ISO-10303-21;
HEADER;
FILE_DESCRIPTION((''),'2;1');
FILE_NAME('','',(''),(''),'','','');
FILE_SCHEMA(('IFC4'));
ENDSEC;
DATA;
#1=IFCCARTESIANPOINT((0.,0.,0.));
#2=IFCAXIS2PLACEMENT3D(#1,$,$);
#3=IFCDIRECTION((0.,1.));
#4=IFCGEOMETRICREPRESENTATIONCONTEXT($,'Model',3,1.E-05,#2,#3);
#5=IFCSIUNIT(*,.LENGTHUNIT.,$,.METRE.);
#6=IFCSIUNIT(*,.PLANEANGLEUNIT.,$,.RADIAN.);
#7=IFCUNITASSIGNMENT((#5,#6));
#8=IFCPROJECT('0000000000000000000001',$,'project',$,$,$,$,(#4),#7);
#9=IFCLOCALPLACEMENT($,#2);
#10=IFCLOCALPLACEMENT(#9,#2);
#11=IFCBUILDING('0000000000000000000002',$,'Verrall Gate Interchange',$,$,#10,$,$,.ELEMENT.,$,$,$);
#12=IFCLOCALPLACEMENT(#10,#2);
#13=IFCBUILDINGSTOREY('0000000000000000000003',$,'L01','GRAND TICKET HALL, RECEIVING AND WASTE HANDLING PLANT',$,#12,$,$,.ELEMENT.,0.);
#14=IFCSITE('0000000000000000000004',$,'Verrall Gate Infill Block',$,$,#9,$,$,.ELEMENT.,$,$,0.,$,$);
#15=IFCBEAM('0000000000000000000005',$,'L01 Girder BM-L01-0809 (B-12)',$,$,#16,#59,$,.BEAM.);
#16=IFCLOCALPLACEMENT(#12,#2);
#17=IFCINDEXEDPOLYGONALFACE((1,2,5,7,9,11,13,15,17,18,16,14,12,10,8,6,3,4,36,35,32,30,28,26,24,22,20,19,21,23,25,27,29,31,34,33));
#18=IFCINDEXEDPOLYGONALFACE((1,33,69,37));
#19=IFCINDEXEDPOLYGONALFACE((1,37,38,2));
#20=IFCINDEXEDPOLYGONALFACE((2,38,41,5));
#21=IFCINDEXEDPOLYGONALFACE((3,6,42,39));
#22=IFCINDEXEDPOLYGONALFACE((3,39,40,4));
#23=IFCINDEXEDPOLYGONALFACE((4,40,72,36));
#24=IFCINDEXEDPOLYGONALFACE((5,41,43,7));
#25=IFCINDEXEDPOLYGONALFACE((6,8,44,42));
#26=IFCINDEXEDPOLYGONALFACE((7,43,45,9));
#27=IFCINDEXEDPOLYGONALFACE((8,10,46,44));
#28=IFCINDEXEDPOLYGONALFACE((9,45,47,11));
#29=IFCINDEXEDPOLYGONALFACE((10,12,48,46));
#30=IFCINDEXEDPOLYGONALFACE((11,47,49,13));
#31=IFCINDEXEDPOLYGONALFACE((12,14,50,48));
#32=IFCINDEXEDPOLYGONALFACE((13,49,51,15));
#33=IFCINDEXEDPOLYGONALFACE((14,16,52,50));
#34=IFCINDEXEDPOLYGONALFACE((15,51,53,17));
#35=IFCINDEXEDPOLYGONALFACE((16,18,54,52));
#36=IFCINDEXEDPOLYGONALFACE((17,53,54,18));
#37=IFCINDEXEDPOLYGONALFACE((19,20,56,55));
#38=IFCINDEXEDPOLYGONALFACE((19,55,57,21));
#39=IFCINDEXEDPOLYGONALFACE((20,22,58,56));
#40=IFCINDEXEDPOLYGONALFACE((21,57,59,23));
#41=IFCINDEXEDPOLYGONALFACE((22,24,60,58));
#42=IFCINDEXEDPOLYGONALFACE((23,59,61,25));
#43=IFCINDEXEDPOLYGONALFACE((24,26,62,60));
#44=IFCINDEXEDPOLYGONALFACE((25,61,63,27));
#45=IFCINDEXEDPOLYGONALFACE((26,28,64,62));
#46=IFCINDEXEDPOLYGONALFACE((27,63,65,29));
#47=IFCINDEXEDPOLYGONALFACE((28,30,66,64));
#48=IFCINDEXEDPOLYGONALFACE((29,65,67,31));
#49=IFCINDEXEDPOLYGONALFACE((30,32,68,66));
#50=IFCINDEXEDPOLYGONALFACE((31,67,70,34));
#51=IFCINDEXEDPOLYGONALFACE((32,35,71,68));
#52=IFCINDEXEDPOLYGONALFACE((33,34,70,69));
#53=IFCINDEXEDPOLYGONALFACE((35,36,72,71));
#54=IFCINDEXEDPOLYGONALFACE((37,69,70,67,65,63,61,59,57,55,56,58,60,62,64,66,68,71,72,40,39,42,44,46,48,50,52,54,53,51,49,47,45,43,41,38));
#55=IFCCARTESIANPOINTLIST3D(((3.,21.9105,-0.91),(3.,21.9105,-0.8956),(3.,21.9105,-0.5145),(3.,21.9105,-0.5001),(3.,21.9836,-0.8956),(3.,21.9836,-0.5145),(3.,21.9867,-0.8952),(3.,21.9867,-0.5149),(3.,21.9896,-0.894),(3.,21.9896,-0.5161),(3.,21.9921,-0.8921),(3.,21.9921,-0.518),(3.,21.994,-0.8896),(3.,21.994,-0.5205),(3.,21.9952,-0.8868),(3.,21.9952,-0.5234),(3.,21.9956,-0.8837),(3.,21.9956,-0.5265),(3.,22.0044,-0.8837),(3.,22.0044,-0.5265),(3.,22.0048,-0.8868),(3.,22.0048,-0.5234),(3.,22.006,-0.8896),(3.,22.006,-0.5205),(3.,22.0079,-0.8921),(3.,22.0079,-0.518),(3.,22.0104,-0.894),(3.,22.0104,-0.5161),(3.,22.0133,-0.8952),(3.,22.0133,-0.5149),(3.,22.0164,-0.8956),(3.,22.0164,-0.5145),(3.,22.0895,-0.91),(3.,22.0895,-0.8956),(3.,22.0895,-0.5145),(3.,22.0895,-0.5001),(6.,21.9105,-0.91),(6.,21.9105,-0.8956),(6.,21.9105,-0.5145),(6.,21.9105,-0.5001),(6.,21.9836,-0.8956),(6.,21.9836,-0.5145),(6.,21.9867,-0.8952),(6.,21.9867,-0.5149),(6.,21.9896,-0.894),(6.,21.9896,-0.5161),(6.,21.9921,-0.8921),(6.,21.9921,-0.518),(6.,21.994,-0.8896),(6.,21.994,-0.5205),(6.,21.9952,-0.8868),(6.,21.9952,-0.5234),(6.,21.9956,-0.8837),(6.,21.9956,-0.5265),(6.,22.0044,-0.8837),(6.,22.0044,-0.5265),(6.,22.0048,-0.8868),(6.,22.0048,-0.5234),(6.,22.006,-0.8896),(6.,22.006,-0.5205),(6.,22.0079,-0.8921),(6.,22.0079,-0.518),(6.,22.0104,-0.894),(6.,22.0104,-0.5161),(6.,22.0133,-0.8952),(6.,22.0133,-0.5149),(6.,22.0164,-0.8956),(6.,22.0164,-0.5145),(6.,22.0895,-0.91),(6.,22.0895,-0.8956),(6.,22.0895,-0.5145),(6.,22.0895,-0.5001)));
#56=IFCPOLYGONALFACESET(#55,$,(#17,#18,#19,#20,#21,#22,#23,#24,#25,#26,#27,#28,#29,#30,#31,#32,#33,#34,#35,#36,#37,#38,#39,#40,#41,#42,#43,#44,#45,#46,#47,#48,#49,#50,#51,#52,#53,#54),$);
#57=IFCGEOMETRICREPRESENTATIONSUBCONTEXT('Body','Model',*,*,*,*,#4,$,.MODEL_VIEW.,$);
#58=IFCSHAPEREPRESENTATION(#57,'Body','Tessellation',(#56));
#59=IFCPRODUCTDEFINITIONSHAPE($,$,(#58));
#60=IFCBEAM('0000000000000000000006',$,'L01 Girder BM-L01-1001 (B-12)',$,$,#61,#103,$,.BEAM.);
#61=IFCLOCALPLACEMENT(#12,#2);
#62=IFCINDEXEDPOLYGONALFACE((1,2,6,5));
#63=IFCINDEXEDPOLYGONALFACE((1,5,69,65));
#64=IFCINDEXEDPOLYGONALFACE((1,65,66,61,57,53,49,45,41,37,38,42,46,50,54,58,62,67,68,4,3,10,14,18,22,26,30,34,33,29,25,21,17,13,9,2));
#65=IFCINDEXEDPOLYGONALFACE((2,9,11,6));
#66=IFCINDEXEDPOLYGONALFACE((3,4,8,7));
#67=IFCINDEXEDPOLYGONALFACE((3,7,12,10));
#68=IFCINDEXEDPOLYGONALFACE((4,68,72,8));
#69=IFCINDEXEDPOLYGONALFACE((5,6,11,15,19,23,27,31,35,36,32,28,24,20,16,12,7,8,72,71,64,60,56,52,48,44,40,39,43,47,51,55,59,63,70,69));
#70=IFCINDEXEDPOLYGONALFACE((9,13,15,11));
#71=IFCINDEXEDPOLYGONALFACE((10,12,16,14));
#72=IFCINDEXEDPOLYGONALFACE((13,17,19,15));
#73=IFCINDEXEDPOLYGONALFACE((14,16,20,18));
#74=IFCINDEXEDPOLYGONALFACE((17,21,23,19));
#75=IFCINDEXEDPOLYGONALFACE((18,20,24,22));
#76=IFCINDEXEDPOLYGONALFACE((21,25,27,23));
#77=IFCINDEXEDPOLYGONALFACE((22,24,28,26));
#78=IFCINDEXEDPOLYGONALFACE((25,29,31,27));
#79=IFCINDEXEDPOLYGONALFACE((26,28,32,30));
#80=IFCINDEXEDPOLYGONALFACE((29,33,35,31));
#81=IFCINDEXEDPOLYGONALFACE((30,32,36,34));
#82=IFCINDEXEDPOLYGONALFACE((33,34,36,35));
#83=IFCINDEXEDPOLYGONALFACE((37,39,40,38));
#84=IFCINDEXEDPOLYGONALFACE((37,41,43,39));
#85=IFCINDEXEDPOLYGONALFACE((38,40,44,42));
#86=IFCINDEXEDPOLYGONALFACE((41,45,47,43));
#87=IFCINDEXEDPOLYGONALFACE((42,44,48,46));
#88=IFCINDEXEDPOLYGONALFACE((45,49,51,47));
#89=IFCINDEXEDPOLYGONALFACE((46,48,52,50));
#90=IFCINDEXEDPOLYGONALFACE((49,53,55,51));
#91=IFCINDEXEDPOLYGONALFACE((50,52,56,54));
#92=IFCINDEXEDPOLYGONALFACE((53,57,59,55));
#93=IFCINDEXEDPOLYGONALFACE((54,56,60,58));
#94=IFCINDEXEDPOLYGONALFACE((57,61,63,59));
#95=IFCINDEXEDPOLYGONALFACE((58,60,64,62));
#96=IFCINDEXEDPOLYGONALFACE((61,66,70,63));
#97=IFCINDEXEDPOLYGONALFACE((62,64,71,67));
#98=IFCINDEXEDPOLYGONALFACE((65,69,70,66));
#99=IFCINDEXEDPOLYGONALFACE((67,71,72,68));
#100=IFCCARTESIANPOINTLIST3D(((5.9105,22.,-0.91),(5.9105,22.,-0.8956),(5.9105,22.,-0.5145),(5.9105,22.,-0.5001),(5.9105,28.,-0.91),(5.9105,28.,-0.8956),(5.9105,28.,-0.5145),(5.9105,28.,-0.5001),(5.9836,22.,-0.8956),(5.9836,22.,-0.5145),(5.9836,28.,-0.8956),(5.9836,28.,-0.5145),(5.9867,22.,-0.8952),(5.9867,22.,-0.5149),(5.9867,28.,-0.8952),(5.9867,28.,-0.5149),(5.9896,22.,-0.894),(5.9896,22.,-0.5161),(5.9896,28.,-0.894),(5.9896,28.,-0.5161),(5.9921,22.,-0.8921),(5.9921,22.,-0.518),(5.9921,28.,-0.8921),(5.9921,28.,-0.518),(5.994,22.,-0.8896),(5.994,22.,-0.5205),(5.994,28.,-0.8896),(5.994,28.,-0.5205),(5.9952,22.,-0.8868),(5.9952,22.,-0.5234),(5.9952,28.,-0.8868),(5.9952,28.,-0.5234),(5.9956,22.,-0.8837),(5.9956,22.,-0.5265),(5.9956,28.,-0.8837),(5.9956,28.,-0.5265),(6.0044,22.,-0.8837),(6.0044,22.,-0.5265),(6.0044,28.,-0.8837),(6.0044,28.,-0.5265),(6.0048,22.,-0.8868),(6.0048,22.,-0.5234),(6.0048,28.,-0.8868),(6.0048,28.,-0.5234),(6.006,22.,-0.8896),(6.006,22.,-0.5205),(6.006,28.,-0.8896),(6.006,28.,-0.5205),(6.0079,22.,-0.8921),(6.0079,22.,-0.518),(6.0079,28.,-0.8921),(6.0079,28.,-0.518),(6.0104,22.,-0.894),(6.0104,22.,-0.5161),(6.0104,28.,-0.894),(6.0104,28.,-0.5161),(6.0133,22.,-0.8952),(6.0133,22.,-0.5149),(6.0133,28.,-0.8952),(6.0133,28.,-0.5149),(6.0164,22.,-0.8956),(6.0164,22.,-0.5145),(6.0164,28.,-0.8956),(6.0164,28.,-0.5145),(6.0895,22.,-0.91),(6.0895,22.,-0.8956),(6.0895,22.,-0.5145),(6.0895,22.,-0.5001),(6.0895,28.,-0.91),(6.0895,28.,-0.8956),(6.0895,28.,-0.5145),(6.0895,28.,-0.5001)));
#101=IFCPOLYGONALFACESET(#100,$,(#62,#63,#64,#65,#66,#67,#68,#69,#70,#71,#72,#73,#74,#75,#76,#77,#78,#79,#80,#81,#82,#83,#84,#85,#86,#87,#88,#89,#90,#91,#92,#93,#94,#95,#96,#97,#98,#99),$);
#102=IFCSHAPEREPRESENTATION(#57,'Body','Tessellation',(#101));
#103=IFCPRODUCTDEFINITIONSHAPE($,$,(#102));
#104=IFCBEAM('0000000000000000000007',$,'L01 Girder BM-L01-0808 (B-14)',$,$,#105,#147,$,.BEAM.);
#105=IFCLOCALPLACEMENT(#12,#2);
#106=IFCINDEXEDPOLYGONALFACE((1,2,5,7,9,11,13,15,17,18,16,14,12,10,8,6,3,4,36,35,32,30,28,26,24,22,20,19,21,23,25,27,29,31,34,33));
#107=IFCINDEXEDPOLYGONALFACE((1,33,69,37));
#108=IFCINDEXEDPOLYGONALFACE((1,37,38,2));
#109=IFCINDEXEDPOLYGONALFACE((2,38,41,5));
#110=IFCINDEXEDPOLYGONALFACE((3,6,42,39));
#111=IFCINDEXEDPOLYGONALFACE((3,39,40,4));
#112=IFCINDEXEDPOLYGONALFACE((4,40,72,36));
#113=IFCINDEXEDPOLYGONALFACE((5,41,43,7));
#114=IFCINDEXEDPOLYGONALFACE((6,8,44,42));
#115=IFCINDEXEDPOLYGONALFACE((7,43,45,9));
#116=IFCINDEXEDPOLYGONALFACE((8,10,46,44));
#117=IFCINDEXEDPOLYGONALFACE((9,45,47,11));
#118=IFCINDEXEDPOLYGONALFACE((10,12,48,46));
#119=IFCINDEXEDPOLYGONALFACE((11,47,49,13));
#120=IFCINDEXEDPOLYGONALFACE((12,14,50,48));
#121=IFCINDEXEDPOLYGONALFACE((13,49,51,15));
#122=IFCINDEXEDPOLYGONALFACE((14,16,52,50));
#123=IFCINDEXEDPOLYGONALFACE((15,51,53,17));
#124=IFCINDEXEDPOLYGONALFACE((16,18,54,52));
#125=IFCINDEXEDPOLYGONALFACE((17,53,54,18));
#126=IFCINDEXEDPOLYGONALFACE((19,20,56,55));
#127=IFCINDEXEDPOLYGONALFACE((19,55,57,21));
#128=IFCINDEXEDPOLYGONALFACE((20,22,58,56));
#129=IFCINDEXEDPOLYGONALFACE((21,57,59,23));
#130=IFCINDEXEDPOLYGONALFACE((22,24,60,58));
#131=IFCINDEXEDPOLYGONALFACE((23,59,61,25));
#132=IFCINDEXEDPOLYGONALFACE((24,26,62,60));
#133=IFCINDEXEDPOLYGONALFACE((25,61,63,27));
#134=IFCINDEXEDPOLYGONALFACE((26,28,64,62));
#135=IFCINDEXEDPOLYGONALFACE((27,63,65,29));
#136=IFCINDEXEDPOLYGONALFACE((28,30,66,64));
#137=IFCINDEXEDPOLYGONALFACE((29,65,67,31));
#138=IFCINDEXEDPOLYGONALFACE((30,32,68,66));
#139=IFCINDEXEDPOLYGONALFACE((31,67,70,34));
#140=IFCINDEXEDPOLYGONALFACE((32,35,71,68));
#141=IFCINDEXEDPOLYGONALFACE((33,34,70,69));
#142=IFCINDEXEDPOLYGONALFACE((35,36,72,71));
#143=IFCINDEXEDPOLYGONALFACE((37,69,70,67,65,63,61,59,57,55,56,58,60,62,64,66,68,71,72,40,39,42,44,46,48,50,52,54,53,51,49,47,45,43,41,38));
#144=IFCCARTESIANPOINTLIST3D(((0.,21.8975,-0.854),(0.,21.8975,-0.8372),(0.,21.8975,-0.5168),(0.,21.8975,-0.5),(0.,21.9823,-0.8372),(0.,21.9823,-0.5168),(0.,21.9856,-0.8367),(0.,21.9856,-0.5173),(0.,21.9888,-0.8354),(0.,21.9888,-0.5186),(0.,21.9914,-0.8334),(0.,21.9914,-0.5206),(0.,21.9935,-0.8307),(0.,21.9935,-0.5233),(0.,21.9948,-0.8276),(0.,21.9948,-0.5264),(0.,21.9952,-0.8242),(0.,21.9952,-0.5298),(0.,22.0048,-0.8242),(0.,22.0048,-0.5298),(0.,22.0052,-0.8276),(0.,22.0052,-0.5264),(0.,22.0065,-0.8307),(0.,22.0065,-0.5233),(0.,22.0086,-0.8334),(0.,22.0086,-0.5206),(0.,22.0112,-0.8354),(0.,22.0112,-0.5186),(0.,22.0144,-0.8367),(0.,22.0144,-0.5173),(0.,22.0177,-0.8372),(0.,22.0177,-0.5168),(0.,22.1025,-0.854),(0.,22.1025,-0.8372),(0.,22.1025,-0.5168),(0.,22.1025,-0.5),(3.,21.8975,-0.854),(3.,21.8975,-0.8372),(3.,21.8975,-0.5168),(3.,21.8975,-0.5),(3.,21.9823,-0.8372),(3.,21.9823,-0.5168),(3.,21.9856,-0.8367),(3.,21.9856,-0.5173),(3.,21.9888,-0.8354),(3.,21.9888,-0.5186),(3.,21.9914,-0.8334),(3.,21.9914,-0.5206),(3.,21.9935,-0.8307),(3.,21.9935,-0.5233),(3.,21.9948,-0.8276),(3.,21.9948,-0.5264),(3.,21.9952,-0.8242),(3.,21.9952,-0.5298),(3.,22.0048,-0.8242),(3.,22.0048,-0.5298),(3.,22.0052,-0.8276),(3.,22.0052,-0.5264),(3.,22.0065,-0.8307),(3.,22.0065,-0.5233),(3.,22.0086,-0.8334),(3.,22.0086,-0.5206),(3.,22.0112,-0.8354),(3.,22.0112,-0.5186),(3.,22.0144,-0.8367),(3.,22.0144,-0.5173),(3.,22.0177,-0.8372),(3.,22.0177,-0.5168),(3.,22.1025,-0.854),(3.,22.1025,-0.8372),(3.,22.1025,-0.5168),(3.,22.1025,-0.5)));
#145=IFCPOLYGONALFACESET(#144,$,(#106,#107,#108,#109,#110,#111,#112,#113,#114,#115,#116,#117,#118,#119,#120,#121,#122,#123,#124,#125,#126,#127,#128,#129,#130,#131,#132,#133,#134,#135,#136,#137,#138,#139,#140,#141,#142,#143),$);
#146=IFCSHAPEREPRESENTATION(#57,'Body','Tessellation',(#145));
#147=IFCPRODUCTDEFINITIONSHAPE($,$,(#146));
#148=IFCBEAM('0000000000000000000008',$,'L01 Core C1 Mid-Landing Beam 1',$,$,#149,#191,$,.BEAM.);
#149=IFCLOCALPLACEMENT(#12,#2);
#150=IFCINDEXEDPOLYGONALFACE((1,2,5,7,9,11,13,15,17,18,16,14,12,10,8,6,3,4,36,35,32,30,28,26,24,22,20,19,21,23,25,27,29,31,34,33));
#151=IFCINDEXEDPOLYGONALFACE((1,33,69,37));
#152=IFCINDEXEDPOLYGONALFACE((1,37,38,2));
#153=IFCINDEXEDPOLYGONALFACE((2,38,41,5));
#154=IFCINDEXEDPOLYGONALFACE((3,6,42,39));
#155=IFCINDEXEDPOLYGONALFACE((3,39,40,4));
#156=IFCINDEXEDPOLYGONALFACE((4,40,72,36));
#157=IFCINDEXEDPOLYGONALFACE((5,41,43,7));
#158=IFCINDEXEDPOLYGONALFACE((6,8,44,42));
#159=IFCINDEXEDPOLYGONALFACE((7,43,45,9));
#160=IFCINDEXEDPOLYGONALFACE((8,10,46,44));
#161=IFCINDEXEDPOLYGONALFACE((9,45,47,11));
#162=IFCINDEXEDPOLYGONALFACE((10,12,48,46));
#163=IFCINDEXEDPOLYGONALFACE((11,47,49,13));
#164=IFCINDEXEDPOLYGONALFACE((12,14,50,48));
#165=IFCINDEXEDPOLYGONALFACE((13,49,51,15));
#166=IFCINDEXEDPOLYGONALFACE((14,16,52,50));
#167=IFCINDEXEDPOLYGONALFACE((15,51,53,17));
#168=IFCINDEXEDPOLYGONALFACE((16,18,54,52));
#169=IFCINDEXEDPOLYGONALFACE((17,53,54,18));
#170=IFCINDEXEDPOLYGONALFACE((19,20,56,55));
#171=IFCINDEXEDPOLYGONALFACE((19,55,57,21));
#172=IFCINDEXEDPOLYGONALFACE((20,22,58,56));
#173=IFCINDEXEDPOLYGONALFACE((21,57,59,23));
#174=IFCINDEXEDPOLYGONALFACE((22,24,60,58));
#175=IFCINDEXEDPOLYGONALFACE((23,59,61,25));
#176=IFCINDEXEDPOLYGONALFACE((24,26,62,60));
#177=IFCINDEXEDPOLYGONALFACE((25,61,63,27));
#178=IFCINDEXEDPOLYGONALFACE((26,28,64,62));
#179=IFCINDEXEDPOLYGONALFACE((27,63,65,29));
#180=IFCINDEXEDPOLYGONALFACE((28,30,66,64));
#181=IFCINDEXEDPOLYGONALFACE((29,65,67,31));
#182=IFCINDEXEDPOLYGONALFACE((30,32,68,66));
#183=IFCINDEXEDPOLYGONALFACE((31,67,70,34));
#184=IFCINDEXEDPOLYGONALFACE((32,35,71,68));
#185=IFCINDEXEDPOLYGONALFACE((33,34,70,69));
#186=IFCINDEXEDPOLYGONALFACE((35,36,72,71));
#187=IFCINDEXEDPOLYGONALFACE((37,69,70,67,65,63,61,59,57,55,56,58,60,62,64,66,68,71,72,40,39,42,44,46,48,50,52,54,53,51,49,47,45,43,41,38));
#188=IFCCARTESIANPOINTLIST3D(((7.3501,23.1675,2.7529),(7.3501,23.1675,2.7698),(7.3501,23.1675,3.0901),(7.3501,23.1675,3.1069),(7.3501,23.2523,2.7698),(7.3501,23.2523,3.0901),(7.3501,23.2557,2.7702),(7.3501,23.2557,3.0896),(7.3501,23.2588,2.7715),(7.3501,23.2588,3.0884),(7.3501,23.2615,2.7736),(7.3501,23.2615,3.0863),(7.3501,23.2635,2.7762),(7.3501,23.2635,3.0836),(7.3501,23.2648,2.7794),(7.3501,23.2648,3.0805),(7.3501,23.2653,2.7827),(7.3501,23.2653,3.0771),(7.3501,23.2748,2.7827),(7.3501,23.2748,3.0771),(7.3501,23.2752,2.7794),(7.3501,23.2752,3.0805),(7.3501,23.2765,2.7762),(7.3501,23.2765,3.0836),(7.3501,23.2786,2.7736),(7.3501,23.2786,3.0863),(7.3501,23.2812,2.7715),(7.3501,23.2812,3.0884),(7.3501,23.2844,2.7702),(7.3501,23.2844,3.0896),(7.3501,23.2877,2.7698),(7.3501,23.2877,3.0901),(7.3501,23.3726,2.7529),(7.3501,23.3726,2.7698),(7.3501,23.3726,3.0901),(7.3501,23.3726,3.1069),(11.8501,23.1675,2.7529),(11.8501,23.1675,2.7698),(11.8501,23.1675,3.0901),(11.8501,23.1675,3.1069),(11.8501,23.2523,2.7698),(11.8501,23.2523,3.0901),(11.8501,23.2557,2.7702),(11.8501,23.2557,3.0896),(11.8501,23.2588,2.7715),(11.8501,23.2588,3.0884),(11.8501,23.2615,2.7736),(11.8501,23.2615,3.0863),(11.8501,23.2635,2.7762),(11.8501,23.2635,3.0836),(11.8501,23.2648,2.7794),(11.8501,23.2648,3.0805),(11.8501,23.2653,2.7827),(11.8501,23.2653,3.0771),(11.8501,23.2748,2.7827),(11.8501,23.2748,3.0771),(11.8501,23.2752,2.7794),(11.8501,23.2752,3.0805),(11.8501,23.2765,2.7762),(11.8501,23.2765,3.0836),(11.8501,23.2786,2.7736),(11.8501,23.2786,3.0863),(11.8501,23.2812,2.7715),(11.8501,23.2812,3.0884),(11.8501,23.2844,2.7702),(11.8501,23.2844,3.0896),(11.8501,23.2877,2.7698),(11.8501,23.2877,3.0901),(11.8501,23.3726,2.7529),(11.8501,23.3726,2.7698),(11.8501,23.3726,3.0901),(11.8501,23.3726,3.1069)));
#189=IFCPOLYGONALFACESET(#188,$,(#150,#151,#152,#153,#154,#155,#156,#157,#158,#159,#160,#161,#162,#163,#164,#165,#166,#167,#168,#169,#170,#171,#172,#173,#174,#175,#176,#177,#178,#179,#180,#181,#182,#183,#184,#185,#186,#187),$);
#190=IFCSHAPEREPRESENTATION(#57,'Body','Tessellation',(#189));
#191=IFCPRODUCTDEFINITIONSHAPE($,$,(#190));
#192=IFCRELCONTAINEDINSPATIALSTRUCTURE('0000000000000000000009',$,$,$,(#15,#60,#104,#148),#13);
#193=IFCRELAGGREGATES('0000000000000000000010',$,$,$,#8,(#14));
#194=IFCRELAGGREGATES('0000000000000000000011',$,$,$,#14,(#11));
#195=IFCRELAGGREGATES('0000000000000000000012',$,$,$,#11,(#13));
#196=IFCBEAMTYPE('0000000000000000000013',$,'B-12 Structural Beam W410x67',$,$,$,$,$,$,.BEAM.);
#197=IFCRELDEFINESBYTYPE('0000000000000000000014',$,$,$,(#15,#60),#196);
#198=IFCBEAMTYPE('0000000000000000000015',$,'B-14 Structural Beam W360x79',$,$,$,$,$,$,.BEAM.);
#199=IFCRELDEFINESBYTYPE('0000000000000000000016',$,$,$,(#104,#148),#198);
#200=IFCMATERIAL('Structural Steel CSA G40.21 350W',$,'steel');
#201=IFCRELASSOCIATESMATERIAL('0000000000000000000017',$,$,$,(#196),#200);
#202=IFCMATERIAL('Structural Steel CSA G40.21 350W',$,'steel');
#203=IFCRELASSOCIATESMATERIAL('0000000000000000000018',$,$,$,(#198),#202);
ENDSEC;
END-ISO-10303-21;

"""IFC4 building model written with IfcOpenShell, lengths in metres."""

from ifc_helpers import new_model, si_unit, direction, frame, origin, origin_2d, place, context, subcontext, project, spatial, i_section, extrude, material, material_profile, profile_set, type_object, element, save


model = new_model("IFC4")

# Units and contexts
model_context = context("Model", 3, precision=1e-05, world=origin(), true_north=direction((0.0, 1.0)))
body_context = subcontext(model_context, "Body", "Model", "MODEL_VIEW")
ifc_project = project(units=[si_unit("LENGTHUNIT", "METRE"), si_unit("PLANEANGLEUNIT", "RADIAN")], contexts=[model_context])

# Site, building, storey
site_placement = place(None, origin())
site = spatial("IfcSite", under=ifc_project, at=site_placement, Name="Verrall Gate Infill Block", CompositionType="ELEMENT", RefElevation=0.0)
building_placement = place(site_placement, origin())
building = spatial("IfcBuilding", under=site, at=building_placement, Name="Verrall Gate Interchange", CompositionType="ELEMENT")
storey_placement = place(building_placement, origin())
storey = spatial("IfcBuildingStorey", under=building, at=storey_placement, Name="L01", Description="GRAND TICKET HALL, RECEIVING AND WASTE HANDLING PLANT", CompositionType="ELEMENT", Elevation=0.0)

# Beams
ifc_material_1 = material(Name="Structural Steel CSA G40.21 350W", Category="steel")
ifc_material_profile_1 = material_profile(ifc_material_1, i_section(OverallWidth=0.179, OverallDepth=0.4099, WebThickness=0.0088, FlangeThickness=0.0144, FilletRadius=0.012, at=origin_2d()), Name="W410x67")
ifc_profile_set_1 = profile_set([ifc_material_profile_1], Name="Structural Steel CSA G40.21 350W")
beam_type_1 = type_object("IfcBeamType", Name="B-12 Structural Beam W410x67", PredefinedType="BEAM", material=ifc_profile_set_1)
beam_1_placement = place(storey_placement, frame((3.0, 22.0, -0.7051), z_axis=(1.0, 0.0, 0.0), x_axis=(0.0, 1.0, 0.0)))
element("IfcBeam", 1, at=beam_1_placement, inside=storey, type_object=beam_type_1, Name="L01 Girder BM-L01-0809 (B-12)", PredefinedType="BEAM", context=body_context, shape_type="SweptSolid", body=[
    extrude(i_section(OverallWidth=0.179, OverallDepth=0.4099, WebThickness=0.0088, FlangeThickness=0.0144, FilletRadius=0.012, at=origin_2d()), origin(), (0.0, 0.0, 1.0), 3.0),
])
beam_2_placement = place(storey_placement, frame((6.0, 22.0, -0.7051), z_axis=(0.0, 1.0, 0.0), x_axis=(-1.0, 0.0, 0.0)))
element("IfcBeam", 2, at=beam_2_placement, inside=storey, type_object=beam_type_1, Name="L01 Girder BM-L01-1001 (B-12)", PredefinedType="BEAM", context=body_context, shape_type="SweptSolid", body=[
    extrude(i_section(OverallWidth=0.179, OverallDepth=0.4099, WebThickness=0.0088, FlangeThickness=0.0144, FilletRadius=0.012, at=origin_2d()), origin(), (0.0, 0.0, 1.0), 6.0),
])
ifc_material_2 = material(Name="Structural Steel CSA G40.21 350W", Category="steel")
ifc_material_profile_2 = material_profile(ifc_material_2, i_section(OverallWidth=0.2051, OverallDepth=0.354, WebThickness=0.0095, FlangeThickness=0.0168, FilletRadius=0.0129, at=origin_2d()), Name="W360x79")
ifc_profile_set_2 = profile_set([ifc_material_profile_2], Name="Structural Steel CSA G40.21 350W")
beam_type_2 = type_object("IfcBeamType", Name="B-14 Structural Beam W360x79", PredefinedType="BEAM", material=ifc_profile_set_2)
beam_3_placement = place(storey_placement, frame((0.0, 22.0, -0.677), z_axis=(1.0, 0.0, 0.0), x_axis=(0.0, 1.0, 0.0)))
element("IfcBeam", 3, at=beam_3_placement, inside=storey, type_object=beam_type_2, Name="L01 Girder BM-L01-0808 (B-14)", PredefinedType="BEAM", context=body_context, shape_type="SweptSolid", body=[
    extrude(i_section(OverallWidth=0.2051, OverallDepth=0.354, WebThickness=0.0095, FlangeThickness=0.0168, FilletRadius=0.0129, at=origin_2d()), origin(), (0.0, 0.0, 1.0), 3.0),
])
beam_4_placement = place(storey_placement, frame((7.3501, 23.27, 2.9299), z_axis=(1.0, 0.0, 0.0), x_axis=(0.0, 1.0, 0.0)))
element("IfcBeam", 4, at=beam_4_placement, inside=storey, type_object=beam_type_2, Name="L01 Core C1 Mid-Landing Beam 1", PredefinedType="BEAM", context=body_context, shape_type="SweptSolid", body=[
    extrude(i_section(OverallWidth=0.2051, OverallDepth=0.354, WebThickness=0.0095, FlangeThickness=0.0168, FilletRadius=0.0129, at=origin_2d()), origin(), (0.0, 0.0, 1.0), 4.5),
])

save(model, "model.ifc")
